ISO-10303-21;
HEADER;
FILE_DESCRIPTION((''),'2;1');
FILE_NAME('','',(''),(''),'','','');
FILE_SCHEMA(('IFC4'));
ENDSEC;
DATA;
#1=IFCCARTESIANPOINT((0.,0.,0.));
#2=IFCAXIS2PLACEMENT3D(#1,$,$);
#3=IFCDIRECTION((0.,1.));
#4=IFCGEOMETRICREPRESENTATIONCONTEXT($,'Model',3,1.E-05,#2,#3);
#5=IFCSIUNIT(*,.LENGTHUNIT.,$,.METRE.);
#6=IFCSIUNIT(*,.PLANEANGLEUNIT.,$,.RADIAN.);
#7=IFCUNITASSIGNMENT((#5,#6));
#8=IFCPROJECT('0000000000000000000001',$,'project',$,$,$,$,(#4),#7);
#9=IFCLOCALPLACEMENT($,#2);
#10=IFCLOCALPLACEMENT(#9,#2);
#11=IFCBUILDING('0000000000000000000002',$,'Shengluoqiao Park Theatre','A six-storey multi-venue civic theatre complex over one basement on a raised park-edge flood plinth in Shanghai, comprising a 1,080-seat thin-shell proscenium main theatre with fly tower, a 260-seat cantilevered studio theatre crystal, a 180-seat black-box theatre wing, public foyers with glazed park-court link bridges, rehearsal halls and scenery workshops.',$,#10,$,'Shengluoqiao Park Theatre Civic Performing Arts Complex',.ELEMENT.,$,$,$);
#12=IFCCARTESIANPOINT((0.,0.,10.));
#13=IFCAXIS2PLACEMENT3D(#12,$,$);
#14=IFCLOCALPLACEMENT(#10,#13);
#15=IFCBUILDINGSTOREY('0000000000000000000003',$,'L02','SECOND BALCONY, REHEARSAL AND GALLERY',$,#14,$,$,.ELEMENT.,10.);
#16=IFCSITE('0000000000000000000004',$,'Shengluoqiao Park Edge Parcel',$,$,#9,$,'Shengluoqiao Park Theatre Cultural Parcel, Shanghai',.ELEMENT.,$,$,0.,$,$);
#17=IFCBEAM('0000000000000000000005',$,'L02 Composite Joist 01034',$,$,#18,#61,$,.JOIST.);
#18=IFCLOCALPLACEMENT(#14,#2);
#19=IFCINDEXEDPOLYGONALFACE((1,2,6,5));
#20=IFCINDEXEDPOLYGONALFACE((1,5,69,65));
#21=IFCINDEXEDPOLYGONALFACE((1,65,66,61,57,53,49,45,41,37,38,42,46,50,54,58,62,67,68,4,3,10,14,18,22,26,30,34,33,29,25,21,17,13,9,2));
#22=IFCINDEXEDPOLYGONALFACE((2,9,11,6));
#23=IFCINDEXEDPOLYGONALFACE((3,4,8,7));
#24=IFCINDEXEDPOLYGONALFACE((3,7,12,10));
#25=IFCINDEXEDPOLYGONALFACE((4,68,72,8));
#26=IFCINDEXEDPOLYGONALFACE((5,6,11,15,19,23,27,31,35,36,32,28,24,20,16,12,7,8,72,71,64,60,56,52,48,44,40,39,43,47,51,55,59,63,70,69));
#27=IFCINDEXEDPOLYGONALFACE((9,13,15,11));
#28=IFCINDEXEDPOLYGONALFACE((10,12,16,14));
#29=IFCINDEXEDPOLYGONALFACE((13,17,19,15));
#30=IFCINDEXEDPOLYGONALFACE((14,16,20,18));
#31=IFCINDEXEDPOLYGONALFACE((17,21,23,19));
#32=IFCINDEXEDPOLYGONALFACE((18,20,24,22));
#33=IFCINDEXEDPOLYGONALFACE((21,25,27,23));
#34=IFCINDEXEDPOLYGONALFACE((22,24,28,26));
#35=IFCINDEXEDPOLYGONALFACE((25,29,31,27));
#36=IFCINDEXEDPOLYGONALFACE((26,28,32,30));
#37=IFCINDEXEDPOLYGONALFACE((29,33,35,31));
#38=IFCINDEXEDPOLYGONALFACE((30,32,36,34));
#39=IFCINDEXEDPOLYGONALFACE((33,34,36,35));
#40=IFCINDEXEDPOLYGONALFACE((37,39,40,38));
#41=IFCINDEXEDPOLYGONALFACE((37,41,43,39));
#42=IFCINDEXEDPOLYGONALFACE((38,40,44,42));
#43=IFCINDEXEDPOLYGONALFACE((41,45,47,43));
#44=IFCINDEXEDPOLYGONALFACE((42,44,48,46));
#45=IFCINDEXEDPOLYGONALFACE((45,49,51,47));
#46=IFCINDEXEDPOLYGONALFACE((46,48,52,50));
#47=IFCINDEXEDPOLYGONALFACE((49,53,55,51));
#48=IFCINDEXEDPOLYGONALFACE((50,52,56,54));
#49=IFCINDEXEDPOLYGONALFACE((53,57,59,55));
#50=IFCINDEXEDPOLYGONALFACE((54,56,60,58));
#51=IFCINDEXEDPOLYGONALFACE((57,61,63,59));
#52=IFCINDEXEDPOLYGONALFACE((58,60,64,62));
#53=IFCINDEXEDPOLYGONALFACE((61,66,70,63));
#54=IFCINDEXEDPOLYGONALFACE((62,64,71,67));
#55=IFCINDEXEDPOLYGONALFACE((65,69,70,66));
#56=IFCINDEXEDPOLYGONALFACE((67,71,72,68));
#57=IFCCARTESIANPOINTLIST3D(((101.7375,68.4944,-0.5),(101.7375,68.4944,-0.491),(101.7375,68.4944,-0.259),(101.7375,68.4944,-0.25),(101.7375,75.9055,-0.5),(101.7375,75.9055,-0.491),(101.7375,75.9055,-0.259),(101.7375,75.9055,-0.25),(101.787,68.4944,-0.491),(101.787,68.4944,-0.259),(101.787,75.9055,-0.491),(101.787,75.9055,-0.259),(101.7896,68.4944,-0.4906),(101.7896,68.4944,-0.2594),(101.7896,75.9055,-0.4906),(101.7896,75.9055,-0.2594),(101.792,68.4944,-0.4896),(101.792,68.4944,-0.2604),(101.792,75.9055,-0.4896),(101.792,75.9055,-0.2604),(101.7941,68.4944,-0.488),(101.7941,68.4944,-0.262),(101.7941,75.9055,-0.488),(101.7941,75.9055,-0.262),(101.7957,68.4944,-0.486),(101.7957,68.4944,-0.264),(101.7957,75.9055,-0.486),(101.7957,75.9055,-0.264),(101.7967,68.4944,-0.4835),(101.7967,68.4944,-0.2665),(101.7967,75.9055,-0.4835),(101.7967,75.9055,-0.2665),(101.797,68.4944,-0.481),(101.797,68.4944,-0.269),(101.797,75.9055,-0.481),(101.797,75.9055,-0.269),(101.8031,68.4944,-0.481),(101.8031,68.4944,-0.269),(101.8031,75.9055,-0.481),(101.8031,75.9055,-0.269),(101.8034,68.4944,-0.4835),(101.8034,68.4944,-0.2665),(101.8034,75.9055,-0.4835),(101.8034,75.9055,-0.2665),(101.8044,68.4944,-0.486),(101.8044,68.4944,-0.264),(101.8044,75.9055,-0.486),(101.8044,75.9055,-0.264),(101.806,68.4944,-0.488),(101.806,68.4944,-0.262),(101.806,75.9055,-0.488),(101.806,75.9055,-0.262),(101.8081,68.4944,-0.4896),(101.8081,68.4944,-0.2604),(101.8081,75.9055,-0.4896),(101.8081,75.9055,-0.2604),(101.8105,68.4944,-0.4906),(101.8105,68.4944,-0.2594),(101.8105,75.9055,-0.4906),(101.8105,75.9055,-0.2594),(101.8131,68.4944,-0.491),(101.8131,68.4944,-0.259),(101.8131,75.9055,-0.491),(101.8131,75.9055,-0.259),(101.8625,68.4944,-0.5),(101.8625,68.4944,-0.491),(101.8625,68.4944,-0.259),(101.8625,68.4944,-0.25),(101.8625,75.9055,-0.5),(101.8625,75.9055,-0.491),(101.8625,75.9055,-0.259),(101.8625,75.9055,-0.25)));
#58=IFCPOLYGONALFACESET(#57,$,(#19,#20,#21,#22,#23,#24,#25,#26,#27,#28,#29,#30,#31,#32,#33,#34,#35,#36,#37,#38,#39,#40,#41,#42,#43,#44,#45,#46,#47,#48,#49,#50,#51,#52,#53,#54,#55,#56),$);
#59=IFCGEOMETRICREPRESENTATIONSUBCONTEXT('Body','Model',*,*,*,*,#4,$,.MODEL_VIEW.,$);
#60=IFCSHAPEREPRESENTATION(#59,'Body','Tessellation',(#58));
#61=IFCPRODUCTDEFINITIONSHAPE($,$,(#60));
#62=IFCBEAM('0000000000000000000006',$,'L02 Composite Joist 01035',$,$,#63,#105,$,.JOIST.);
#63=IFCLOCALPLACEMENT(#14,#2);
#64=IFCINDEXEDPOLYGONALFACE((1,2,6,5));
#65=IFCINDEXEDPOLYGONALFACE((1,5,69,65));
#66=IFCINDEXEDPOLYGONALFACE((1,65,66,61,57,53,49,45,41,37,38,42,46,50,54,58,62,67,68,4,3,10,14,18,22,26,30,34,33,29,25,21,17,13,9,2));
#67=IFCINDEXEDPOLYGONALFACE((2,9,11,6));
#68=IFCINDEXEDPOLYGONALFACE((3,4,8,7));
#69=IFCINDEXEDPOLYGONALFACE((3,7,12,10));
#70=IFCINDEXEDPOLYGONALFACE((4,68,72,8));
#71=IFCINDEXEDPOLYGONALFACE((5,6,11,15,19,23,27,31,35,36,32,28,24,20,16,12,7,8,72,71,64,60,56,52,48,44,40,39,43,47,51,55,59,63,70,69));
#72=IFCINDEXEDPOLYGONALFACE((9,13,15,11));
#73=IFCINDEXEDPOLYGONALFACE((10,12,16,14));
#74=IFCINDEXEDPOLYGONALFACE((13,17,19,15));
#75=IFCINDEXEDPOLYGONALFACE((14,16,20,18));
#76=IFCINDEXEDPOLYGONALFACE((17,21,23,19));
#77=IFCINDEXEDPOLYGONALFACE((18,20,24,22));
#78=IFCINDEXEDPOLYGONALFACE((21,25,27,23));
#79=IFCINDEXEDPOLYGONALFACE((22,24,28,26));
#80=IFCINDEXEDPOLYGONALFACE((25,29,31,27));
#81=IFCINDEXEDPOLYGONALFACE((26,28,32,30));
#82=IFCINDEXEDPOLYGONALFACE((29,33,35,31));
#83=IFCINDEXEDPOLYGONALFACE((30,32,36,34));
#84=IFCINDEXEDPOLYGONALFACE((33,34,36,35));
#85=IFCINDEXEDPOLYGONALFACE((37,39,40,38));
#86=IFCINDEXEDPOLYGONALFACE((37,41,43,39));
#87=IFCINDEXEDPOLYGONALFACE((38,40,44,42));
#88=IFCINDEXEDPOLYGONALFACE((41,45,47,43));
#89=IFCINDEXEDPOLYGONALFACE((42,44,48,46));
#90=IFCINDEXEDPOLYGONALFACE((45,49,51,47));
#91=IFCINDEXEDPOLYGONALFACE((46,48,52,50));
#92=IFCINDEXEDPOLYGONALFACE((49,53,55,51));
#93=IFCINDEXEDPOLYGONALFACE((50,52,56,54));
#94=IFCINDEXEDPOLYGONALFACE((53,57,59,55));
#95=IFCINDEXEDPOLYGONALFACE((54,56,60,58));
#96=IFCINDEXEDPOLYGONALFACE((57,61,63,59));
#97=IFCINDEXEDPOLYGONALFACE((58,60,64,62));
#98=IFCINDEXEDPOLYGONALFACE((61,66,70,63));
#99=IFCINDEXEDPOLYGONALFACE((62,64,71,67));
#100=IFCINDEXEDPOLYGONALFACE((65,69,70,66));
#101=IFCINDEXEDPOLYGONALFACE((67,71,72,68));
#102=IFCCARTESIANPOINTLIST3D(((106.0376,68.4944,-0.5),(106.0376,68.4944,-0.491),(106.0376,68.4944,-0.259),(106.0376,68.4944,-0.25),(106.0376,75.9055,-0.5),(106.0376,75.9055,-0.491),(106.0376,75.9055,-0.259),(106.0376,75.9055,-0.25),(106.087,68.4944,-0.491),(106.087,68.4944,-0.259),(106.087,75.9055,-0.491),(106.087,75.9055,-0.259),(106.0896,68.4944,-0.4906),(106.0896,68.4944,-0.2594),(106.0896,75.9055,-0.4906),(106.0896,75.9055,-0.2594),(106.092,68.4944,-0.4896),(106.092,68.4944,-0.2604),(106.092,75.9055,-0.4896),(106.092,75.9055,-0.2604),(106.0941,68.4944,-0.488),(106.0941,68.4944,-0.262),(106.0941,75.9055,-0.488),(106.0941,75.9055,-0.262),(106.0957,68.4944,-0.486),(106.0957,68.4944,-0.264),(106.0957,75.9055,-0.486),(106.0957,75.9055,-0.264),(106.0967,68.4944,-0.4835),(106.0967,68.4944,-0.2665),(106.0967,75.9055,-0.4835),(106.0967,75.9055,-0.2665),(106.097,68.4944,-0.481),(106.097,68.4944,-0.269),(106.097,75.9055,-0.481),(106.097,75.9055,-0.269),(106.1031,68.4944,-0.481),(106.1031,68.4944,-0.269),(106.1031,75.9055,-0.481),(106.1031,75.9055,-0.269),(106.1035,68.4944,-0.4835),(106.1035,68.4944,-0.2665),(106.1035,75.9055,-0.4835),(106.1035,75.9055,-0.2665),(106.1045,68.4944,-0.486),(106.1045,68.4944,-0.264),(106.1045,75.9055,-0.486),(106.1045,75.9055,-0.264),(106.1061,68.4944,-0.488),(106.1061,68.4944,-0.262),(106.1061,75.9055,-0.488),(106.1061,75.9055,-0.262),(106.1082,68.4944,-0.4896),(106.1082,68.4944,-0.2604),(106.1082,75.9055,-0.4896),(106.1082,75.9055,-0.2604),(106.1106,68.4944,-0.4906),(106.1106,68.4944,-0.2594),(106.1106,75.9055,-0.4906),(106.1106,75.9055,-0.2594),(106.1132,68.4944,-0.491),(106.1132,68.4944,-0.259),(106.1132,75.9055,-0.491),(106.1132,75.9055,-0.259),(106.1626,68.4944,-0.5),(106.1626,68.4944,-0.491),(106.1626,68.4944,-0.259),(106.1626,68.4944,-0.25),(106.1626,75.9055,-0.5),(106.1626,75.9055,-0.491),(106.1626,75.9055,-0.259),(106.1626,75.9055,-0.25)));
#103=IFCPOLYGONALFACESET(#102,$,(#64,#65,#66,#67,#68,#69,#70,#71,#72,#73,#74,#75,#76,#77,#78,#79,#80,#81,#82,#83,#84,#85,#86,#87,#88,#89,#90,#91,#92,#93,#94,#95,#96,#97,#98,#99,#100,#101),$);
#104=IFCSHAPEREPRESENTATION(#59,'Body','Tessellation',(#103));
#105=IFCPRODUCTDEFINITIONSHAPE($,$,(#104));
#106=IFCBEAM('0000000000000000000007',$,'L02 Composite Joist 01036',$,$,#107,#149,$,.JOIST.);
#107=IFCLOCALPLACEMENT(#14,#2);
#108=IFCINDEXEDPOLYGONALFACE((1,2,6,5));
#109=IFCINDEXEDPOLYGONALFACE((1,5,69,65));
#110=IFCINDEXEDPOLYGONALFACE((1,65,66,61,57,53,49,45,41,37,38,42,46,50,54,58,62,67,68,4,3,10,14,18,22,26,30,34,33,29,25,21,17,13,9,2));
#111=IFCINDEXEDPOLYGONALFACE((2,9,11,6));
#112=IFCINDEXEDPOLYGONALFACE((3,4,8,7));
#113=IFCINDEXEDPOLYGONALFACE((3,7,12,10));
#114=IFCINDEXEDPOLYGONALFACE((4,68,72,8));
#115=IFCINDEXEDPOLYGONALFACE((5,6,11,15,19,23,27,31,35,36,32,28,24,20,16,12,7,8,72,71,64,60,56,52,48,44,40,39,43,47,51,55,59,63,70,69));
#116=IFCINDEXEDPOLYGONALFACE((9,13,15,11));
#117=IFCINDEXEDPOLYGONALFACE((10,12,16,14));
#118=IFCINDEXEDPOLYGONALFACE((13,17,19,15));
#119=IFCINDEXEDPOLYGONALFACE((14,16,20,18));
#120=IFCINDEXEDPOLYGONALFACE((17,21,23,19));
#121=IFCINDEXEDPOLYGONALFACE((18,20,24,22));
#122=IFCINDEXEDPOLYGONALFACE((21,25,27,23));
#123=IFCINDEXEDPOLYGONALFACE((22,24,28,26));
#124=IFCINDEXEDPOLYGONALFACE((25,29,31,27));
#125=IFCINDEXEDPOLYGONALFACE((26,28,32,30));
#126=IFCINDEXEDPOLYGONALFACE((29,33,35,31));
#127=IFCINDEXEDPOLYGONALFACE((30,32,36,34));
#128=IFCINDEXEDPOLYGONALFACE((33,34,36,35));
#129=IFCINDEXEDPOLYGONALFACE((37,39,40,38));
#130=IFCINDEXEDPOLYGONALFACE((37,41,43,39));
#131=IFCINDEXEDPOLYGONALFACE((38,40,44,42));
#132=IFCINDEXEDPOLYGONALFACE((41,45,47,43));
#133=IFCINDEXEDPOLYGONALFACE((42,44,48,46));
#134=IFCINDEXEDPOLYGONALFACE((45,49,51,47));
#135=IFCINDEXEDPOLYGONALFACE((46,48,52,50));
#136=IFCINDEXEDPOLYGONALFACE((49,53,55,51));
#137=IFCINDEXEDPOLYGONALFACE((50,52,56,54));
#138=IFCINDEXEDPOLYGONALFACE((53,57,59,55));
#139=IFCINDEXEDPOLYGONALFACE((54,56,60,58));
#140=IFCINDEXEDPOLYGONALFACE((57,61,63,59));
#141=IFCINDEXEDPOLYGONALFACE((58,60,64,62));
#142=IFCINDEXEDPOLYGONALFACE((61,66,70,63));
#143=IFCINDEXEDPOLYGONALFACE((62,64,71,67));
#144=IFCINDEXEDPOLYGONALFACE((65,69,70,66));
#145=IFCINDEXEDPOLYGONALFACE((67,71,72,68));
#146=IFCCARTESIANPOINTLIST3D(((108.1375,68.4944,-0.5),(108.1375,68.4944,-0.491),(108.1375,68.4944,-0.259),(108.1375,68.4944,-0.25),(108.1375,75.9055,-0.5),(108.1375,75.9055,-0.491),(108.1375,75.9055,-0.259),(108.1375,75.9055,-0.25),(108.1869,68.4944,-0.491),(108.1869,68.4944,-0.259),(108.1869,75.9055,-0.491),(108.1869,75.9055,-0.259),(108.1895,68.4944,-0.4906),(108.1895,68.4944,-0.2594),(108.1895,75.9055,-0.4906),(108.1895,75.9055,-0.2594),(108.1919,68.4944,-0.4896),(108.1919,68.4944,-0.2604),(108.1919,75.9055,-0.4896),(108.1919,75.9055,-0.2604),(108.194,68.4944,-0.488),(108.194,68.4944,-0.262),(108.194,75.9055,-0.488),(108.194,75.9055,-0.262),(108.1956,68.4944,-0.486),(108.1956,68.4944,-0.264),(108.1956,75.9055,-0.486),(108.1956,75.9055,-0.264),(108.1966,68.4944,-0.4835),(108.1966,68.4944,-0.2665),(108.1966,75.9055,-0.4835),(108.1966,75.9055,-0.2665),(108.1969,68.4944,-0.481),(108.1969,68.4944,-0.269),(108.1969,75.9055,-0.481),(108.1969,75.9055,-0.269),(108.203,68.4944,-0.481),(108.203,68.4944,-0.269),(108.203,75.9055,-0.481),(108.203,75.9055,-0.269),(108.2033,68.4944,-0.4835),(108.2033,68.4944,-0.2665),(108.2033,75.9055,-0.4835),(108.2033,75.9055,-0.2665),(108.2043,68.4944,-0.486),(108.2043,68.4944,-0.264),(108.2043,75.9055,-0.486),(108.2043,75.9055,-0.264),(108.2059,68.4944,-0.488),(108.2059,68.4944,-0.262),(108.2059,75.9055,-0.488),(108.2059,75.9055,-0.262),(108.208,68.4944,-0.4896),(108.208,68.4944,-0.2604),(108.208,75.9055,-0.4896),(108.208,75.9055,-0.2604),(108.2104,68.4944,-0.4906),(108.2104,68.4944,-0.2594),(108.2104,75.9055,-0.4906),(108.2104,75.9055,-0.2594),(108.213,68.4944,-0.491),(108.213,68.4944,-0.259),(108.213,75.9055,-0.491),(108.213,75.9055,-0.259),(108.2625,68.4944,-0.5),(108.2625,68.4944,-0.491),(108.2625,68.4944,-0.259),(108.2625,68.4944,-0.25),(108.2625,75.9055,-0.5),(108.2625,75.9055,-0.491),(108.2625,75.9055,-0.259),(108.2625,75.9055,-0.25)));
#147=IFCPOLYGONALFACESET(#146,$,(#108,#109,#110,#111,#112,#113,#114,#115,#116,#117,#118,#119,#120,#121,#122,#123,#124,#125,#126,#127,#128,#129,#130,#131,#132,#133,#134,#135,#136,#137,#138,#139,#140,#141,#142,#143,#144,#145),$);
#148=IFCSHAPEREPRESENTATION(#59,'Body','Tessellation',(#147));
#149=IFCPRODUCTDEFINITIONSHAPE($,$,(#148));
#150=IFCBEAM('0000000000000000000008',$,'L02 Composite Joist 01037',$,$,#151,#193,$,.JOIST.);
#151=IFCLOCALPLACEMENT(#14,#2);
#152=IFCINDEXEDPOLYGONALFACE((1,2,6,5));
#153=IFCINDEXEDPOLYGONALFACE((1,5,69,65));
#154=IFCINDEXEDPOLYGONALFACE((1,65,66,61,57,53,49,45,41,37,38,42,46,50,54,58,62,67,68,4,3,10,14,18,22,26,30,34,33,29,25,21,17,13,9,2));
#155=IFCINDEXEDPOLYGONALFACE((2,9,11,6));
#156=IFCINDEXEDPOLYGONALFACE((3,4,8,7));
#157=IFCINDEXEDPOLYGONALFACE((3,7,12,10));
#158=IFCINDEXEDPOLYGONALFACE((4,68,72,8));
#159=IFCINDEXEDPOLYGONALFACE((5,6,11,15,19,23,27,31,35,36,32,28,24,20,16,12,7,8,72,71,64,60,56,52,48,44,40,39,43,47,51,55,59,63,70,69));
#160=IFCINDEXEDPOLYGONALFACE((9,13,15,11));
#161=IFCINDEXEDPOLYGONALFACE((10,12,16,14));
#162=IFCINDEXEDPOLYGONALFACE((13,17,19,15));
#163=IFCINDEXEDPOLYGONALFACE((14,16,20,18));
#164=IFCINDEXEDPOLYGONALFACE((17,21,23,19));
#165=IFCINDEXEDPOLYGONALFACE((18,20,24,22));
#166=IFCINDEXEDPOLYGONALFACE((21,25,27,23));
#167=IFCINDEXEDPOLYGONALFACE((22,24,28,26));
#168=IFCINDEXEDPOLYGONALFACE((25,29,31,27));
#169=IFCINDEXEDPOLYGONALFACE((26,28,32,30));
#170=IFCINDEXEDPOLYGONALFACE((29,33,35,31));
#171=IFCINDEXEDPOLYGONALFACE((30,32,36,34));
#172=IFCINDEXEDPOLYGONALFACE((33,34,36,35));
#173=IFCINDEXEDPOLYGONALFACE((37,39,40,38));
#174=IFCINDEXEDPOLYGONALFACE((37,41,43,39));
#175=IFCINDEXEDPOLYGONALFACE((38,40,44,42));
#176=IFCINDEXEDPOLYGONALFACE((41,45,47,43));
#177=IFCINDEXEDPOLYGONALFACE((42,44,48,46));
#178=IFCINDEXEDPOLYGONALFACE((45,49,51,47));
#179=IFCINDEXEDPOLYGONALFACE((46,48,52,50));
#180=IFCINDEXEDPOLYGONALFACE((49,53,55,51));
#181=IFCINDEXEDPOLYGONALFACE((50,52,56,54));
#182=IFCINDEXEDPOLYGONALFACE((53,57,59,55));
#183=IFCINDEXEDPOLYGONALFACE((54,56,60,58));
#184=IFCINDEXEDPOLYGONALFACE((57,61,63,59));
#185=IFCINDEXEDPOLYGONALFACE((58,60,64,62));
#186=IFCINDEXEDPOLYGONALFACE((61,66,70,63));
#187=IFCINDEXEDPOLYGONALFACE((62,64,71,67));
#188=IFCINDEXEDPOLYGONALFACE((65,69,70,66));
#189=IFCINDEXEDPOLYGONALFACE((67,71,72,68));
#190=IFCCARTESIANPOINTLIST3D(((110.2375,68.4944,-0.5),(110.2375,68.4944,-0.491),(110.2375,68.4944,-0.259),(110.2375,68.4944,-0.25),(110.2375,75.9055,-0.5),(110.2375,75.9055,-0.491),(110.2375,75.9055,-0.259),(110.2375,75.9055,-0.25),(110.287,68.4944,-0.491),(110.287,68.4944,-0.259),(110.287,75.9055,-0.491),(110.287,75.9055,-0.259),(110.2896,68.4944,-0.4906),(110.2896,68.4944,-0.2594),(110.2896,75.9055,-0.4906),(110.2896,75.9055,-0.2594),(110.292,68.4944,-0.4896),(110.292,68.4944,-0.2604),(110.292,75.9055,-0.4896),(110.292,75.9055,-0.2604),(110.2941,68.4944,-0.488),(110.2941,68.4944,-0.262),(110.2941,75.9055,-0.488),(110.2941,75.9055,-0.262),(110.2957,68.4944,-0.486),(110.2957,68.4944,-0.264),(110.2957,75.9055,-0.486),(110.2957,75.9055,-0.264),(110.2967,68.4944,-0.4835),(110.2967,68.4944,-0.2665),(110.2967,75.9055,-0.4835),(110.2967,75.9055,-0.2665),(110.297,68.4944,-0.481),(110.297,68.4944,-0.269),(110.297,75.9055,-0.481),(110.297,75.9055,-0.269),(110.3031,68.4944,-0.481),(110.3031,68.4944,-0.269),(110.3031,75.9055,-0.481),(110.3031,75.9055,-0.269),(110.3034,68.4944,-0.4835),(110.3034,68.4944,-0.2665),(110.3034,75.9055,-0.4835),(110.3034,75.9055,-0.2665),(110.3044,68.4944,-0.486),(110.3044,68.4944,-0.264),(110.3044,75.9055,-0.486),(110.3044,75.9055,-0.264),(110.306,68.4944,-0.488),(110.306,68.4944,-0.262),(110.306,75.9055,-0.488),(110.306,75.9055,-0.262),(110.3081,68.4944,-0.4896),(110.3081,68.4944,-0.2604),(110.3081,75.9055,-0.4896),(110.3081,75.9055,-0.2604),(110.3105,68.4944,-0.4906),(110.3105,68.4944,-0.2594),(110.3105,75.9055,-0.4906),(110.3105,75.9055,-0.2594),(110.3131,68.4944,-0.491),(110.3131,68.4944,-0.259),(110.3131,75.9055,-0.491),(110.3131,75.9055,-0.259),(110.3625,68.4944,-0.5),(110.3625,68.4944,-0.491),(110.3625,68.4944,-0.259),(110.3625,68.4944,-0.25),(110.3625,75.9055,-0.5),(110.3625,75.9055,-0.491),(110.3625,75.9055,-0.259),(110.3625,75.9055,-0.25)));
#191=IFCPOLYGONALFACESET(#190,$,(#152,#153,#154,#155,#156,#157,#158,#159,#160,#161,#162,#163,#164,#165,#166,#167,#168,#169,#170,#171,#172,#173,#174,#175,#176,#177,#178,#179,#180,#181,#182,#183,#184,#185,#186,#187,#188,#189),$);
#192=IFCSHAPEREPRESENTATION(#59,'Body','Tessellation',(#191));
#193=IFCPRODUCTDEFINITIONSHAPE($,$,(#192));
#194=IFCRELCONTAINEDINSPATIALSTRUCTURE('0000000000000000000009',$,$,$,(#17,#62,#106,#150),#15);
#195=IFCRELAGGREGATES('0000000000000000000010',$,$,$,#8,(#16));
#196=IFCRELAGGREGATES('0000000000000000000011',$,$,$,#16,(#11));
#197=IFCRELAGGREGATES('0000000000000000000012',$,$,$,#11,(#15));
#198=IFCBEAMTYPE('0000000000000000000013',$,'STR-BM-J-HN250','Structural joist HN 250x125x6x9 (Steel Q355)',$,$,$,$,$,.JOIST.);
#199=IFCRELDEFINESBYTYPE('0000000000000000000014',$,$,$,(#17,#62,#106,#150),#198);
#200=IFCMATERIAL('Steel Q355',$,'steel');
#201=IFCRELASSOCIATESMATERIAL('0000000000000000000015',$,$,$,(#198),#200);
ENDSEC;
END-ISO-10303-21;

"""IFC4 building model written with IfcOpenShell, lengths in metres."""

from ifc_helpers import new_model, si_unit, direction, frame, origin, origin_2d, place, context, subcontext, project, spatial, i_section, extrude, material, material_profile, profile_set, type_object, element, save


model = new_model("IFC4")

# Units and contexts
model_context = context("Model", 3, precision=1e-05, world=origin(), true_north=direction((0.0, 1.0)))
body_context = subcontext(model_context, "Body", "Model", "MODEL_VIEW")
ifc_project = project(units=[si_unit("LENGTHUNIT", "METRE"), si_unit("PLANEANGLEUNIT", "RADIAN")], contexts=[model_context])

# Site, building, storey
site_placement = place(None, origin())
site = spatial("IfcSite", under=ifc_project, at=site_placement, Name="Shengluoqiao Park Edge Parcel", LongName="Shengluoqiao Park Theatre Cultural Parcel, Shanghai", CompositionType="ELEMENT", RefElevation=0.0)
building_placement = place(site_placement, origin())
building = spatial("IfcBuilding", under=site, at=building_placement, Name="Shengluoqiao Park Theatre", Description="A six-storey multi-venue civic theatre complex over one basement on a raised park-edge flood plinth in Shanghai, comprising a 1,080-seat thin-shell proscenium main theatre with fly tower, a 260-seat cantilevered studio theatre crystal, a 180-seat black-box theatre wing, public foyers with glazed park-court link bridges, rehearsal halls and scenery workshops.", LongName="Shengluoqiao Park Theatre Civic Performing Arts Complex", CompositionType="ELEMENT")
storey_placement = place(building_placement, frame((0.0, 0.0, 10.0)))
storey = spatial("IfcBuildingStorey", under=building, at=storey_placement, Name="L02", Description="SECOND BALCONY, REHEARSAL AND GALLERY", CompositionType="ELEMENT", Elevation=10.0)

# Beams
ifc_material_1 = material(Name="Steel Q355", Category="steel")
ifc_material_profile_1 = material_profile(ifc_material_1, i_section(OverallWidth=0.125, OverallDepth=0.25, WebThickness=0.0061, FlangeThickness=0.009, FilletRadius=0.01, at=origin_2d()), Name="HN 250x125x6x9")
ifc_profile_set_1 = profile_set([ifc_material_profile_1], Name="Steel Q355")
beam_type_1 = type_object("IfcBeamType", Name="STR-BM-J-HN250", Description="Structural joist HN 250x125x6x9 (Steel Q355)", PredefinedType="JOIST", material=ifc_profile_set_1)
for number, where, z_axis, x_axis, name in (
    (1, (101.8, 68.4944, -0.375), (0.0, 1.0, 0.0), (-1.0, 0.0, 0.0), "L02 Composite Joist 01034"),
    (2, (106.1001, 68.4944, -0.375), (0.0, 1.0, 0.0), (-1.0, 0.0, 0.0), "L02 Composite Joist 01035"),
    (3, (108.2, 68.4944, -0.375), (0.0, 1.0, 0.0), (-1.0, 0.0, 0.0), "L02 Composite Joist 01036"),
    (4, (110.3, 68.4944, -0.375), (0.0, 1.0, 0.0), (-1.0, 0.0, 0.0), "L02 Composite Joist 01037"),
):
    element("IfcBeam", number, at=place(storey_placement, frame(where, z_axis=z_axis, x_axis=x_axis)), inside=storey, type_object=beam_type_1, Name=name, PredefinedType="JOIST", context=body_context, shape_type="SweptSolid", body=[
        extrude(i_section(OverallWidth=0.125, OverallDepth=0.25, WebThickness=0.0061, FlangeThickness=0.009, FilletRadius=0.01, at=origin_2d()), origin(), (0.0, 0.0, 1.0), 7.4111),
    ])

save(model, "model.ifc")
